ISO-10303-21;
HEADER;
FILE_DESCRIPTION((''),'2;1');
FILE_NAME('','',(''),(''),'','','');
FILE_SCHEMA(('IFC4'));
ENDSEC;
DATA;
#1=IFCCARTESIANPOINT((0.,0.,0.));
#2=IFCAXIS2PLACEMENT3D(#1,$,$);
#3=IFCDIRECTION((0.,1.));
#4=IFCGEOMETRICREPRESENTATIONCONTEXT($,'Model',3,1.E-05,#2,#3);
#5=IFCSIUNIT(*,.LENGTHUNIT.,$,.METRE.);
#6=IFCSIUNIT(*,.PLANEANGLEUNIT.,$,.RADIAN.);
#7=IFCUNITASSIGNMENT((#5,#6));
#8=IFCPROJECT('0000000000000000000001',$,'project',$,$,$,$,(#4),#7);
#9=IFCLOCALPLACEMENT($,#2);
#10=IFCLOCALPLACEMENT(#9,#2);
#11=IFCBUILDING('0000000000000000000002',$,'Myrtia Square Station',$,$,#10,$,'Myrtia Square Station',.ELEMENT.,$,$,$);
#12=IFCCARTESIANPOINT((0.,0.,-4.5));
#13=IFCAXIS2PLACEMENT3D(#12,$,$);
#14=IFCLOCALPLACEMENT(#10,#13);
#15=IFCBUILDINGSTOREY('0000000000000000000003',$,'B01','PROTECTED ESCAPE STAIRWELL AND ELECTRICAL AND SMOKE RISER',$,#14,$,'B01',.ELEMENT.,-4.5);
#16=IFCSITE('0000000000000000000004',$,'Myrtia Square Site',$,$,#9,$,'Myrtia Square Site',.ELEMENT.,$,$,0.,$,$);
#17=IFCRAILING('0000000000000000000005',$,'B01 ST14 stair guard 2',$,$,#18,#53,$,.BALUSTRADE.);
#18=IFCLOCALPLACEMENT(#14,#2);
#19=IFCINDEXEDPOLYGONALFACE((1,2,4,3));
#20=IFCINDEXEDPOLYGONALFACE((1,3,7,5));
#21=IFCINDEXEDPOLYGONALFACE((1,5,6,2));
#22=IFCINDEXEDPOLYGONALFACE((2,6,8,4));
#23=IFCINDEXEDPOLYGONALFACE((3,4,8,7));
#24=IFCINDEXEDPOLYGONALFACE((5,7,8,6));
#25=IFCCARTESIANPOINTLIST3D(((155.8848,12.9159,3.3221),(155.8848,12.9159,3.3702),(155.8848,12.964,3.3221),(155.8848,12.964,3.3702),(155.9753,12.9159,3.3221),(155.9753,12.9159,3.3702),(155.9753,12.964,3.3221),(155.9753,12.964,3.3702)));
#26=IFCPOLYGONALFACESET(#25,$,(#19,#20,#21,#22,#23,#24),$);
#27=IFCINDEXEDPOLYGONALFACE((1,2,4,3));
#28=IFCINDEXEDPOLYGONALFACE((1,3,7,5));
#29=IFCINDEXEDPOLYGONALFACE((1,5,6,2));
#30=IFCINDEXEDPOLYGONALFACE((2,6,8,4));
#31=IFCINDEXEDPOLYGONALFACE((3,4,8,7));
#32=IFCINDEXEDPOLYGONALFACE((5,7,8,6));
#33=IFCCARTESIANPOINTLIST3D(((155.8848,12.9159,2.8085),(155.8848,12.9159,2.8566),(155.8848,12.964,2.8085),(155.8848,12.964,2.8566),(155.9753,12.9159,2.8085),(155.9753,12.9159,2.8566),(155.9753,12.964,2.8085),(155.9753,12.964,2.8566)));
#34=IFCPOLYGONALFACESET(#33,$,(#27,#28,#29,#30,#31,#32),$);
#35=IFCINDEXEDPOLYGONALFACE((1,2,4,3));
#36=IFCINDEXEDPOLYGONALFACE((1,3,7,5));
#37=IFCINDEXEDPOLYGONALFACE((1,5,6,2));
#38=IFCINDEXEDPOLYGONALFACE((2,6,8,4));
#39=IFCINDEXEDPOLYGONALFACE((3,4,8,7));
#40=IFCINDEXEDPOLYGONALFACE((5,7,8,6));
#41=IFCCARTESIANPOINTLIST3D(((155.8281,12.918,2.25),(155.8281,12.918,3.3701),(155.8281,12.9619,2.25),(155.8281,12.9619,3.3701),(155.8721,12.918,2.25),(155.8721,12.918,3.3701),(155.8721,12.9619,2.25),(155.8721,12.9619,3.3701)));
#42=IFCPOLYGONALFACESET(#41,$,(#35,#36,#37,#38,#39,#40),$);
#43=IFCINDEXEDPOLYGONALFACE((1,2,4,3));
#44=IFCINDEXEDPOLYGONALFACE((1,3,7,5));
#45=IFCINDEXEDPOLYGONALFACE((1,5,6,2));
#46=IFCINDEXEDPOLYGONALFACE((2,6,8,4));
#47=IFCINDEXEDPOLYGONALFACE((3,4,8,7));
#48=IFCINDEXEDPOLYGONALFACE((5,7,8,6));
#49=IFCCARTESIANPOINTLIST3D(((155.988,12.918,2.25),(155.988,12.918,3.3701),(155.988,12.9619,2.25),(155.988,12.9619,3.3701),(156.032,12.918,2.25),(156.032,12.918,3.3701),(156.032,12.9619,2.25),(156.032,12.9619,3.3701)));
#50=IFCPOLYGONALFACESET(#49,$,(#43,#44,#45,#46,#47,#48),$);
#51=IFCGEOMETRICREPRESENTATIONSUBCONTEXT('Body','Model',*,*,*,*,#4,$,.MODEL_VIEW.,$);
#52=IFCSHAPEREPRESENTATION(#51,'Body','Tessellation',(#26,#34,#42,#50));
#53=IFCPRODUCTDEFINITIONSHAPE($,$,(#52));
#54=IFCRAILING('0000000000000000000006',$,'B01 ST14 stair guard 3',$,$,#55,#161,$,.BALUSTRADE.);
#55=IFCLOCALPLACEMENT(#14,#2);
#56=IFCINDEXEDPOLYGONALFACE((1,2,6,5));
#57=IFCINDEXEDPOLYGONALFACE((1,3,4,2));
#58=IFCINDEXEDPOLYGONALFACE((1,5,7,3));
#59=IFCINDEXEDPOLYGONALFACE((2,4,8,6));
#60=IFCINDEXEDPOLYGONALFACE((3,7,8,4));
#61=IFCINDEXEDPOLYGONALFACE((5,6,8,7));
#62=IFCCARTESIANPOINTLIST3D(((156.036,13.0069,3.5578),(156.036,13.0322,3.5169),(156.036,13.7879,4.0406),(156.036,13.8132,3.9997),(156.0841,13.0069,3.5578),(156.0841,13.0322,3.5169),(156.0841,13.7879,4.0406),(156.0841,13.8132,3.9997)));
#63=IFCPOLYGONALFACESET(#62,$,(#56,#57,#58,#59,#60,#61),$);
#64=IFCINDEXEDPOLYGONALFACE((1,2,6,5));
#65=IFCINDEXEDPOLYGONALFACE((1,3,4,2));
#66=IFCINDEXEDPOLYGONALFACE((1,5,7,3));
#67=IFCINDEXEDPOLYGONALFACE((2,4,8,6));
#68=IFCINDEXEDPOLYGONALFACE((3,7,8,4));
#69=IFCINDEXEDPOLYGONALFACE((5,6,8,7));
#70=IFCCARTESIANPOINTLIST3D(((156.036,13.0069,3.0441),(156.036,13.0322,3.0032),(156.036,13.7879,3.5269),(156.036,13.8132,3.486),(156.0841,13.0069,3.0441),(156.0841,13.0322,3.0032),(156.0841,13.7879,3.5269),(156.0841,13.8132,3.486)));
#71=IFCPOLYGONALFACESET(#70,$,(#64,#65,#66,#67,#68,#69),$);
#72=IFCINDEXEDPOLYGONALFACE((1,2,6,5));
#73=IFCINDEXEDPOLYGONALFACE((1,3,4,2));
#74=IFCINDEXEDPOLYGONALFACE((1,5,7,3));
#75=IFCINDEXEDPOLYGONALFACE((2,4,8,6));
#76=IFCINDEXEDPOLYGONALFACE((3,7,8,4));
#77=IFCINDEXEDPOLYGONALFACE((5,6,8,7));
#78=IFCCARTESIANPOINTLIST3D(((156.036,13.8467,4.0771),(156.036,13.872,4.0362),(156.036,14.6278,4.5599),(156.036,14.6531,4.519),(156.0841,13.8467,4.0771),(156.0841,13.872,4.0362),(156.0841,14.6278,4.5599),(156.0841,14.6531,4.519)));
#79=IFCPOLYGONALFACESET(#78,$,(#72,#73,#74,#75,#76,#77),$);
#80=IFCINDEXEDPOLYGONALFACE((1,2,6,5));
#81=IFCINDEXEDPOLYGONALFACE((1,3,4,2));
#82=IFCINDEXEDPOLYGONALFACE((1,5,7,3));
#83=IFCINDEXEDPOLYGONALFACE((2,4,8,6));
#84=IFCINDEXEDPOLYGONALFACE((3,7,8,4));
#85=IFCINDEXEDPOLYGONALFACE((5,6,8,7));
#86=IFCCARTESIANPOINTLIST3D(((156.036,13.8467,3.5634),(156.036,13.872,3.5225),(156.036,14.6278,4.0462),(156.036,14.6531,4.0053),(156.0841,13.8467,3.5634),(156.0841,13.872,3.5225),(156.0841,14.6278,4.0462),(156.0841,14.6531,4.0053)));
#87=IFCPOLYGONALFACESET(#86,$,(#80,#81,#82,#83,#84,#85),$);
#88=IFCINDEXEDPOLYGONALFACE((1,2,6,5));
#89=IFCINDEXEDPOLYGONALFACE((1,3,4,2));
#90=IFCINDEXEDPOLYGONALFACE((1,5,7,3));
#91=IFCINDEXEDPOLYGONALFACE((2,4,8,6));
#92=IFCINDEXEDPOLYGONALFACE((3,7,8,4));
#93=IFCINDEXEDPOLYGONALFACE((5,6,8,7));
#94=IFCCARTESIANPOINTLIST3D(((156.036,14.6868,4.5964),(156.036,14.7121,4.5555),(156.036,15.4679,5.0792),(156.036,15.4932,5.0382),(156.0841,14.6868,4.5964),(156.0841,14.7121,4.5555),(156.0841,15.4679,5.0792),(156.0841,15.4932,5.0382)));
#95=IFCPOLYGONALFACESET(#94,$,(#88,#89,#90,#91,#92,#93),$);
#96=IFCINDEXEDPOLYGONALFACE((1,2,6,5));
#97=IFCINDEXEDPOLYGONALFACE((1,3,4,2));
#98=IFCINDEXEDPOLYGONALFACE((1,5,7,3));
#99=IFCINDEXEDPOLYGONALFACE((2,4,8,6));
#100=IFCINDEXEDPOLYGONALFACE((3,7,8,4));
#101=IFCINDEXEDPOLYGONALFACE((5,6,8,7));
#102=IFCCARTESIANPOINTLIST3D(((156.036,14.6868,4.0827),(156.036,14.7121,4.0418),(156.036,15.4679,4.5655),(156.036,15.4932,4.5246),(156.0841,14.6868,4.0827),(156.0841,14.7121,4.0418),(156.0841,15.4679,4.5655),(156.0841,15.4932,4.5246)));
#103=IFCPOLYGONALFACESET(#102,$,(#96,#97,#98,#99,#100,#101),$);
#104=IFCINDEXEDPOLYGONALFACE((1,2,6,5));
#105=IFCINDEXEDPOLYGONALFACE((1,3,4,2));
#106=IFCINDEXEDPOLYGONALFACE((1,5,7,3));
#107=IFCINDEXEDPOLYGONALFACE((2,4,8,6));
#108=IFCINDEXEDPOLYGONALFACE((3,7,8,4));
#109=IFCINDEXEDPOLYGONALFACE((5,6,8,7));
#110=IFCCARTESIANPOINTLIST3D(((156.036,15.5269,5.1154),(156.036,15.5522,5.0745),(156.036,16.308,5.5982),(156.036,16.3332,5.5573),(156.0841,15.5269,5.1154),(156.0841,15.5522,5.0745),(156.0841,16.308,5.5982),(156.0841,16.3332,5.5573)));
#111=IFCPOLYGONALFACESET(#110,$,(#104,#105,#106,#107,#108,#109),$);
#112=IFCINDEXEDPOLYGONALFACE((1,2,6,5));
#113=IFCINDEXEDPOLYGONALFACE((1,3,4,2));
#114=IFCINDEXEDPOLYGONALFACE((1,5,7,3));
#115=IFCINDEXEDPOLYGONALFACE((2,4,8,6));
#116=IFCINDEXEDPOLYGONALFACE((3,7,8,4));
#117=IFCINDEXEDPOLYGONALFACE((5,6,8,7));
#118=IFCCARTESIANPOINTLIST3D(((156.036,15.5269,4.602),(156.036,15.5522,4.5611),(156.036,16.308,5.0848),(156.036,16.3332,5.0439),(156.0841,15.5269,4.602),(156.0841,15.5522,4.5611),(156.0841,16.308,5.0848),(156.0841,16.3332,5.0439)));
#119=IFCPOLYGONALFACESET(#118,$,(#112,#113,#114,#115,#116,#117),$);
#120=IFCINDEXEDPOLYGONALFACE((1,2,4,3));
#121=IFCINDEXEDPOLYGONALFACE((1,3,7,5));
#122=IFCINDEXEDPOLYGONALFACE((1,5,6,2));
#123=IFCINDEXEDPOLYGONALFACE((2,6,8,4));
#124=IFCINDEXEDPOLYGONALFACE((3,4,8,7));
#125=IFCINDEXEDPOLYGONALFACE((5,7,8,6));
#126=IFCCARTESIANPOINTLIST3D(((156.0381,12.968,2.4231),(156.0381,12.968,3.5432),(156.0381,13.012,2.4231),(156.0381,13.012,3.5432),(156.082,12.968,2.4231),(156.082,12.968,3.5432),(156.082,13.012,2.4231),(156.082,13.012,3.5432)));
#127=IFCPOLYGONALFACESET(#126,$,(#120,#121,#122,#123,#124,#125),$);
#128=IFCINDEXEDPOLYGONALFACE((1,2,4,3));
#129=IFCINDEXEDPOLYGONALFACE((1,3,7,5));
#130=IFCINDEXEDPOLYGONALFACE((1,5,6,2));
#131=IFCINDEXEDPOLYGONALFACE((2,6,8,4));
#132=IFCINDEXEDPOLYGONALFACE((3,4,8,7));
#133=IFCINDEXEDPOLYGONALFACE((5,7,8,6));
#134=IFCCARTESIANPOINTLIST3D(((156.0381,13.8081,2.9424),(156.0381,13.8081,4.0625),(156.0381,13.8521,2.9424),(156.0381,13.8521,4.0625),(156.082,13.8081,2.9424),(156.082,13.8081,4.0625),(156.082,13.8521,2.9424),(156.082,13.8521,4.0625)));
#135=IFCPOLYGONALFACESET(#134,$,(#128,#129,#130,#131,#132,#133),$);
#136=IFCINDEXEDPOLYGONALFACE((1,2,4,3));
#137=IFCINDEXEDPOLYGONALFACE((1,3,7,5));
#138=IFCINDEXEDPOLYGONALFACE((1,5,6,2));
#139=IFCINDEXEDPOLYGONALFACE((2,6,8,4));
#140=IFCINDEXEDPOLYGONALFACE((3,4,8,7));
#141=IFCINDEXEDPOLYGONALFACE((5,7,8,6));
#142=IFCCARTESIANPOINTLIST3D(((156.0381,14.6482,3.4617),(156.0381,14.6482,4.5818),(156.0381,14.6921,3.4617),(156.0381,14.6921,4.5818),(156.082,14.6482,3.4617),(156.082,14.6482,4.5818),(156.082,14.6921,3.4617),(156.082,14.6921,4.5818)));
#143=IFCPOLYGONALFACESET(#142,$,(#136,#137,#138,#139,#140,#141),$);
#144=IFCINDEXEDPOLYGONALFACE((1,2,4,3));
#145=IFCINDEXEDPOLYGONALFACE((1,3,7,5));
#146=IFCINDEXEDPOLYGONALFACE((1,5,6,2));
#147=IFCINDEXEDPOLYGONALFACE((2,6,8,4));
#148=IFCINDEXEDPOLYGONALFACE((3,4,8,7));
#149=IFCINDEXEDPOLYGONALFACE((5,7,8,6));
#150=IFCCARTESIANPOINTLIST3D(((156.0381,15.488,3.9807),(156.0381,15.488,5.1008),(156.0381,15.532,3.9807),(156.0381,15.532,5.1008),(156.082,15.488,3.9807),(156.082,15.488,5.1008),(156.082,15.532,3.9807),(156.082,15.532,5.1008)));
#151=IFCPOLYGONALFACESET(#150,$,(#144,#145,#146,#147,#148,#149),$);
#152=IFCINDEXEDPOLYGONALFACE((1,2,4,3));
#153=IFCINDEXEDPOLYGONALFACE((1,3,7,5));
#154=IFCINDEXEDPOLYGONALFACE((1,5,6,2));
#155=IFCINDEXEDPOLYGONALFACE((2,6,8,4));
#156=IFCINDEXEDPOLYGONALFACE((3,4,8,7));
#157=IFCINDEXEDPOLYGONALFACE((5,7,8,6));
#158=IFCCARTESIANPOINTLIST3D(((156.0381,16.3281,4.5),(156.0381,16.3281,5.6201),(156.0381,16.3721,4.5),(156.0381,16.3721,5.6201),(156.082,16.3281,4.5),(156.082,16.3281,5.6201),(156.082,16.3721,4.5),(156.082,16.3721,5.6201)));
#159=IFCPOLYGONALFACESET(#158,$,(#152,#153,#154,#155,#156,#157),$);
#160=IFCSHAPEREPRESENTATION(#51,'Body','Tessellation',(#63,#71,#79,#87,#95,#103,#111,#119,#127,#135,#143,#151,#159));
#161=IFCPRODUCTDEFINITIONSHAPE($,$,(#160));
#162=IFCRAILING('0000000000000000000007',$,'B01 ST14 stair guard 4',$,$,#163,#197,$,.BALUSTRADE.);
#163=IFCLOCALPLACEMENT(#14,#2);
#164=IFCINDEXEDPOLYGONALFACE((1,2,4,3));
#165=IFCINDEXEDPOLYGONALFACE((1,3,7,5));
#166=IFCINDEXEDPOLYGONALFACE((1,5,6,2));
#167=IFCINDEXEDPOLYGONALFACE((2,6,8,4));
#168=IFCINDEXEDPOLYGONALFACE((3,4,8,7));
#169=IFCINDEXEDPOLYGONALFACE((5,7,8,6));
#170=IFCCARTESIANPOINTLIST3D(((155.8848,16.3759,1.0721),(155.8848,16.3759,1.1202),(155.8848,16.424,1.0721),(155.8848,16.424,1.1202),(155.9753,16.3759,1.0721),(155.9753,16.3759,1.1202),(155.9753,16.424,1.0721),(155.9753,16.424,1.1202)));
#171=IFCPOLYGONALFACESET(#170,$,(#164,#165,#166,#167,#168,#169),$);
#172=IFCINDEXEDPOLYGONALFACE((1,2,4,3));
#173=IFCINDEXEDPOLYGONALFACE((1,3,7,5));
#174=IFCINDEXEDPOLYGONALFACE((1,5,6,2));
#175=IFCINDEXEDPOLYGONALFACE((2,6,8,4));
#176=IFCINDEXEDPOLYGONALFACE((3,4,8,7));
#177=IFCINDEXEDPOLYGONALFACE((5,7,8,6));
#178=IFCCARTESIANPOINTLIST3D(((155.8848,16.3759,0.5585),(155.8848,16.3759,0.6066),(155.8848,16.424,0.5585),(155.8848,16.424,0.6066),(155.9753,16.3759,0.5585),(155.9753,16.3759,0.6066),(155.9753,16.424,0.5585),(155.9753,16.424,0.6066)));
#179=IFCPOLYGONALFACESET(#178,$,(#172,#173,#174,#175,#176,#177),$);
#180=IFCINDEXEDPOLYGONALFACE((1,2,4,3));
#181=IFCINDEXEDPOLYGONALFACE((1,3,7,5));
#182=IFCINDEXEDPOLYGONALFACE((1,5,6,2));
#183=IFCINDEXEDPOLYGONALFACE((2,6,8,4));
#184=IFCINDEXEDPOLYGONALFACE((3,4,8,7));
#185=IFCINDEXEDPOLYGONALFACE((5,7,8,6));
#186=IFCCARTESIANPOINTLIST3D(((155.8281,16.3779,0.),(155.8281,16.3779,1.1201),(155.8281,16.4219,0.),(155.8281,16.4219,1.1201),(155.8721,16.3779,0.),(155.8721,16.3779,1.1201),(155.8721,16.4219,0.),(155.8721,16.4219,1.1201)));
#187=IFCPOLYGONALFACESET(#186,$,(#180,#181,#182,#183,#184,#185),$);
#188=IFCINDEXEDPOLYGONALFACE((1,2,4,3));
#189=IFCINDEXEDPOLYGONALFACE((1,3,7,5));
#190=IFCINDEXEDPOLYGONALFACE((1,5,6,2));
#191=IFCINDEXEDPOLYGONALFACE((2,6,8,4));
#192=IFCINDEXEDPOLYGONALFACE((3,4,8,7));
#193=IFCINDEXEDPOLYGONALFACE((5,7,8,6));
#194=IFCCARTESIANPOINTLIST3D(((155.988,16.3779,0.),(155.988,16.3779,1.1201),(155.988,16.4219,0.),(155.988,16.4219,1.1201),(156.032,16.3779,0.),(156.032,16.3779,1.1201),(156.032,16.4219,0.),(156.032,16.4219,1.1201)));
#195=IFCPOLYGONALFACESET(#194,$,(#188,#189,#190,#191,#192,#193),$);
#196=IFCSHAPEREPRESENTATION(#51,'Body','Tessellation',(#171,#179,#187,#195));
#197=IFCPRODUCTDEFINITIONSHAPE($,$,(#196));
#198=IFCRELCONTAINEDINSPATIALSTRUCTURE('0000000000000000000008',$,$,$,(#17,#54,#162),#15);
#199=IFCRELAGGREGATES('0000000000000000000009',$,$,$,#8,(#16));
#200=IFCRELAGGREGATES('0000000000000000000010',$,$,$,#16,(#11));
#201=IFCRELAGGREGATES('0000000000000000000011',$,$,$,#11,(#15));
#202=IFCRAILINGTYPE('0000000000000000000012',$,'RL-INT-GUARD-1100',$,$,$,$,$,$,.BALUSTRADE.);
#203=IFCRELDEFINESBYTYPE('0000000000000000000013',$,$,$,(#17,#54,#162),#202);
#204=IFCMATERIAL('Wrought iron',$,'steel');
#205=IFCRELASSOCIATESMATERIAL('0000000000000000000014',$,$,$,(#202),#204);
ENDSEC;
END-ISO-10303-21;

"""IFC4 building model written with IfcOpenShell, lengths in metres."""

from ifc_helpers import new_model, si_unit, direction, frame, origin, origin_2d, place, context, subcontext, project, spatial, rectangle, extrude, material, type_object, element, save


model = new_model("IFC4")

# Units and contexts
model_context = context("Model", 3, precision=1e-05, world=origin(), true_north=direction((0.0, 1.0)))
body_context = subcontext(model_context, "Body", "Model", "MODEL_VIEW")
ifc_project = project(units=[si_unit("LENGTHUNIT", "METRE"), si_unit("PLANEANGLEUNIT", "RADIAN")], contexts=[model_context])

# Site, building, storey
site_placement = place(None, origin())
site = spatial("IfcSite", under=ifc_project, at=site_placement, Name="Myrtia Square Site", LongName="Myrtia Square Site", CompositionType="ELEMENT", RefElevation=0.0)
building_placement = place(site_placement, origin())
building = spatial("IfcBuilding", under=site, at=building_placement, Name="Myrtia Square Station", LongName="Myrtia Square Station", CompositionType="ELEMENT")
storey_placement = place(building_placement, frame((0.0, 0.0, -4.5)))
storey = spatial("IfcBuildingStorey", under=building, at=storey_placement, Name="B01", Description="PROTECTED ESCAPE STAIRWELL AND ELECTRICAL AND SMOKE RISER", LongName="B01", CompositionType="ELEMENT", Elevation=-4.5)

# Railings
ifc_material_1 = material(Name="Wrought iron", Category="steel")
railing_type_1 = type_object("IfcRailingType", Name="RL-INT-GUARD-1100", PredefinedType="BALUSTRADE", material=ifc_material_1)
railing_1_placement = place(storey_placement, frame((155.8501, 12.9399, 2.25)))
element("IfcRailing", 1, at=railing_1_placement, inside=storey, type_object=railing_type_1, Name="B01 ST14 stair guard 2", PredefinedType="BALUSTRADE", context=body_context, shape_type="SweptSolid", body=[
    extrude(rectangle(XDim=0.0481, YDim=0.0481, at=origin_2d()), frame((0.0347, 0.0, 1.0962), z_axis=(1.0, 0.0, 0.0), x_axis=(0.0, 1.0, 0.0)), (0.0, 0.0, 1.0), 0.0906),
    extrude(rectangle(XDim=0.0481, YDim=0.0481, at=origin_2d()), frame((0.0347, 0.0, 0.5825), z_axis=(1.0, 0.0, 0.0), x_axis=(0.0, 1.0, 0.0)), (0.0, 0.0, 1.0), 0.0906),
    extrude(rectangle(XDim=0.0439, YDim=0.0439, at=origin_2d()), origin(), (0.0, 0.0, 1.0), 1.1201),
    extrude(rectangle(XDim=0.0439, YDim=0.0439, at=origin_2d()), frame((0.1599, 0.0, 0.0)), (0.0, 0.0, 1.0), 1.1201),
])
railing_2_placement = place(storey_placement, frame((156.0601, 12.99, 2.4231)))
element("IfcRailing", 2, at=railing_2_placement, inside=storey, type_object=railing_type_1, Name="B01 ST14 stair guard 3", PredefinedType="BALUSTRADE", context=body_context, shape_type="SweptSolid", body=[
    extrude(rectangle(XDim=0.0481, YDim=0.0481, at=origin_2d()), frame((0.0, 0.0295, 1.1143), z_axis=(0.0, 0.850623, 0.525776), x_axis=(-1.0, 0.0, 0.0)), (0.0, 0.0, 1.0), 0.9182),
    extrude(rectangle(XDim=0.0481, YDim=0.0481, at=origin_2d()), frame((0.0, 0.0295, 0.6006), z_axis=(0.0, 0.850623, 0.525776), x_axis=(-1.0, 0.0, 0.0)), (0.0, 0.0, 1.0), 0.9182),
    extrude(rectangle(XDim=0.0481, YDim=0.0481, at=origin_2d()), frame((0.0, 0.8694, 1.6335), z_axis=(0.0, 0.850623, 0.525776), x_axis=(-1.0, 0.0, 0.0)), (0.0, 0.0, 1.0), 0.9182),
    extrude(rectangle(XDim=0.0481, YDim=0.0481, at=origin_2d()), frame((0.0, 0.8694, 1.1199), z_axis=(0.0, 0.850623, 0.525776), x_axis=(-1.0, 0.0, 0.0)), (0.0, 0.0, 1.0), 0.9182),
    extrude(rectangle(XDim=0.0481, YDim=0.0481, at=origin_2d()), frame((0.0, 1.7095, 2.1528), z_axis=(0.0, 0.850623, 0.525776), x_axis=(-1.0, 0.0, 0.0)), (0.0, 0.0, 1.0), 0.9182),
    extrude(rectangle(XDim=0.0481, YDim=0.0481, at=origin_2d()), frame((0.0, 1.7095, 1.6392), z_axis=(0.0, 0.850623, 0.525776), x_axis=(-1.0, 0.0, 0.0)), (0.0, 0.0, 1.0), 0.9182),
    extrude(rectangle(XDim=0.0481, YDim=0.0481, at=origin_2d()), frame((0.0, 2.5496, 2.6719), z_axis=(0.0, 0.850623, 0.525776), x_axis=(-1.0, 0.0, 0.0)), (0.0, 0.0, 1.0), 0.9182),
    extrude(rectangle(XDim=0.0481, YDim=0.0481, at=origin_2d()), frame((0.0, 2.5496, 2.1584), z_axis=(0.0, 0.850623, 0.525776), x_axis=(-1.0, 0.0, 0.0)), (0.0, 0.0, 1.0), 0.9182),
    extrude(rectangle(XDim=0.0439, YDim=0.0439, at=origin_2d()), origin(), (0.0, 0.0, 1.0), 1.1201),
    extrude(rectangle(XDim=0.0439, YDim=0.0439, at=origin_2d()), frame((0.0, 0.8401, 0.5193)), (0.0, 0.0, 1.0), 1.1201),
    extrude(rectangle(XDim=0.0439, YDim=0.0439, at=origin_2d()), frame((0.0, 1.6802, 1.0386)), (0.0, 0.0, 1.0), 1.1201),
    extrude(rectangle(XDim=0.0439, YDim=0.0439, at=origin_2d()), frame((0.0, 2.52, 1.5576)), (0.0, 0.0, 1.0), 1.1201),
    extrude(rectangle(XDim=0.0439, YDim=0.0439, at=origin_2d()), frame((0.0, 3.3601, 2.0769)), (0.0, 0.0, 1.0), 1.1201),
])
railing_3_placement = place(storey_placement, frame((155.8501, 16.3999, 0.0)))
element("IfcRailing", 3, at=railing_3_placement, inside=storey, type_object=railing_type_1, Name="B01 ST14 stair guard 4", PredefinedType="BALUSTRADE", context=body_context, shape_type="SweptSolid", body=[
    extrude(rectangle(XDim=0.0481, YDim=0.0481, at=origin_2d()), frame((0.0347, 0.0, 1.0962), z_axis=(1.0, 0.0, 0.0), x_axis=(0.0, 1.0, 0.0)), (0.0, 0.0, 1.0), 0.0906),
    extrude(rectangle(XDim=0.0481, YDim=0.0481, at=origin_2d()), frame((0.0347, 0.0, 0.5825), z_axis=(1.0, 0.0, 0.0), x_axis=(0.0, 1.0, 0.0)), (0.0, 0.0, 1.0), 0.0906),
    extrude(rectangle(XDim=0.0439, YDim=0.0439, at=origin_2d()), origin(), (0.0, 0.0, 1.0), 1.1201),
    extrude(rectangle(XDim=0.0439, YDim=0.0439, at=origin_2d()), frame((0.1599, 0.0, 0.0)), (0.0, 0.0, 1.0), 1.1201),
])

save(model, "model.ifc")
